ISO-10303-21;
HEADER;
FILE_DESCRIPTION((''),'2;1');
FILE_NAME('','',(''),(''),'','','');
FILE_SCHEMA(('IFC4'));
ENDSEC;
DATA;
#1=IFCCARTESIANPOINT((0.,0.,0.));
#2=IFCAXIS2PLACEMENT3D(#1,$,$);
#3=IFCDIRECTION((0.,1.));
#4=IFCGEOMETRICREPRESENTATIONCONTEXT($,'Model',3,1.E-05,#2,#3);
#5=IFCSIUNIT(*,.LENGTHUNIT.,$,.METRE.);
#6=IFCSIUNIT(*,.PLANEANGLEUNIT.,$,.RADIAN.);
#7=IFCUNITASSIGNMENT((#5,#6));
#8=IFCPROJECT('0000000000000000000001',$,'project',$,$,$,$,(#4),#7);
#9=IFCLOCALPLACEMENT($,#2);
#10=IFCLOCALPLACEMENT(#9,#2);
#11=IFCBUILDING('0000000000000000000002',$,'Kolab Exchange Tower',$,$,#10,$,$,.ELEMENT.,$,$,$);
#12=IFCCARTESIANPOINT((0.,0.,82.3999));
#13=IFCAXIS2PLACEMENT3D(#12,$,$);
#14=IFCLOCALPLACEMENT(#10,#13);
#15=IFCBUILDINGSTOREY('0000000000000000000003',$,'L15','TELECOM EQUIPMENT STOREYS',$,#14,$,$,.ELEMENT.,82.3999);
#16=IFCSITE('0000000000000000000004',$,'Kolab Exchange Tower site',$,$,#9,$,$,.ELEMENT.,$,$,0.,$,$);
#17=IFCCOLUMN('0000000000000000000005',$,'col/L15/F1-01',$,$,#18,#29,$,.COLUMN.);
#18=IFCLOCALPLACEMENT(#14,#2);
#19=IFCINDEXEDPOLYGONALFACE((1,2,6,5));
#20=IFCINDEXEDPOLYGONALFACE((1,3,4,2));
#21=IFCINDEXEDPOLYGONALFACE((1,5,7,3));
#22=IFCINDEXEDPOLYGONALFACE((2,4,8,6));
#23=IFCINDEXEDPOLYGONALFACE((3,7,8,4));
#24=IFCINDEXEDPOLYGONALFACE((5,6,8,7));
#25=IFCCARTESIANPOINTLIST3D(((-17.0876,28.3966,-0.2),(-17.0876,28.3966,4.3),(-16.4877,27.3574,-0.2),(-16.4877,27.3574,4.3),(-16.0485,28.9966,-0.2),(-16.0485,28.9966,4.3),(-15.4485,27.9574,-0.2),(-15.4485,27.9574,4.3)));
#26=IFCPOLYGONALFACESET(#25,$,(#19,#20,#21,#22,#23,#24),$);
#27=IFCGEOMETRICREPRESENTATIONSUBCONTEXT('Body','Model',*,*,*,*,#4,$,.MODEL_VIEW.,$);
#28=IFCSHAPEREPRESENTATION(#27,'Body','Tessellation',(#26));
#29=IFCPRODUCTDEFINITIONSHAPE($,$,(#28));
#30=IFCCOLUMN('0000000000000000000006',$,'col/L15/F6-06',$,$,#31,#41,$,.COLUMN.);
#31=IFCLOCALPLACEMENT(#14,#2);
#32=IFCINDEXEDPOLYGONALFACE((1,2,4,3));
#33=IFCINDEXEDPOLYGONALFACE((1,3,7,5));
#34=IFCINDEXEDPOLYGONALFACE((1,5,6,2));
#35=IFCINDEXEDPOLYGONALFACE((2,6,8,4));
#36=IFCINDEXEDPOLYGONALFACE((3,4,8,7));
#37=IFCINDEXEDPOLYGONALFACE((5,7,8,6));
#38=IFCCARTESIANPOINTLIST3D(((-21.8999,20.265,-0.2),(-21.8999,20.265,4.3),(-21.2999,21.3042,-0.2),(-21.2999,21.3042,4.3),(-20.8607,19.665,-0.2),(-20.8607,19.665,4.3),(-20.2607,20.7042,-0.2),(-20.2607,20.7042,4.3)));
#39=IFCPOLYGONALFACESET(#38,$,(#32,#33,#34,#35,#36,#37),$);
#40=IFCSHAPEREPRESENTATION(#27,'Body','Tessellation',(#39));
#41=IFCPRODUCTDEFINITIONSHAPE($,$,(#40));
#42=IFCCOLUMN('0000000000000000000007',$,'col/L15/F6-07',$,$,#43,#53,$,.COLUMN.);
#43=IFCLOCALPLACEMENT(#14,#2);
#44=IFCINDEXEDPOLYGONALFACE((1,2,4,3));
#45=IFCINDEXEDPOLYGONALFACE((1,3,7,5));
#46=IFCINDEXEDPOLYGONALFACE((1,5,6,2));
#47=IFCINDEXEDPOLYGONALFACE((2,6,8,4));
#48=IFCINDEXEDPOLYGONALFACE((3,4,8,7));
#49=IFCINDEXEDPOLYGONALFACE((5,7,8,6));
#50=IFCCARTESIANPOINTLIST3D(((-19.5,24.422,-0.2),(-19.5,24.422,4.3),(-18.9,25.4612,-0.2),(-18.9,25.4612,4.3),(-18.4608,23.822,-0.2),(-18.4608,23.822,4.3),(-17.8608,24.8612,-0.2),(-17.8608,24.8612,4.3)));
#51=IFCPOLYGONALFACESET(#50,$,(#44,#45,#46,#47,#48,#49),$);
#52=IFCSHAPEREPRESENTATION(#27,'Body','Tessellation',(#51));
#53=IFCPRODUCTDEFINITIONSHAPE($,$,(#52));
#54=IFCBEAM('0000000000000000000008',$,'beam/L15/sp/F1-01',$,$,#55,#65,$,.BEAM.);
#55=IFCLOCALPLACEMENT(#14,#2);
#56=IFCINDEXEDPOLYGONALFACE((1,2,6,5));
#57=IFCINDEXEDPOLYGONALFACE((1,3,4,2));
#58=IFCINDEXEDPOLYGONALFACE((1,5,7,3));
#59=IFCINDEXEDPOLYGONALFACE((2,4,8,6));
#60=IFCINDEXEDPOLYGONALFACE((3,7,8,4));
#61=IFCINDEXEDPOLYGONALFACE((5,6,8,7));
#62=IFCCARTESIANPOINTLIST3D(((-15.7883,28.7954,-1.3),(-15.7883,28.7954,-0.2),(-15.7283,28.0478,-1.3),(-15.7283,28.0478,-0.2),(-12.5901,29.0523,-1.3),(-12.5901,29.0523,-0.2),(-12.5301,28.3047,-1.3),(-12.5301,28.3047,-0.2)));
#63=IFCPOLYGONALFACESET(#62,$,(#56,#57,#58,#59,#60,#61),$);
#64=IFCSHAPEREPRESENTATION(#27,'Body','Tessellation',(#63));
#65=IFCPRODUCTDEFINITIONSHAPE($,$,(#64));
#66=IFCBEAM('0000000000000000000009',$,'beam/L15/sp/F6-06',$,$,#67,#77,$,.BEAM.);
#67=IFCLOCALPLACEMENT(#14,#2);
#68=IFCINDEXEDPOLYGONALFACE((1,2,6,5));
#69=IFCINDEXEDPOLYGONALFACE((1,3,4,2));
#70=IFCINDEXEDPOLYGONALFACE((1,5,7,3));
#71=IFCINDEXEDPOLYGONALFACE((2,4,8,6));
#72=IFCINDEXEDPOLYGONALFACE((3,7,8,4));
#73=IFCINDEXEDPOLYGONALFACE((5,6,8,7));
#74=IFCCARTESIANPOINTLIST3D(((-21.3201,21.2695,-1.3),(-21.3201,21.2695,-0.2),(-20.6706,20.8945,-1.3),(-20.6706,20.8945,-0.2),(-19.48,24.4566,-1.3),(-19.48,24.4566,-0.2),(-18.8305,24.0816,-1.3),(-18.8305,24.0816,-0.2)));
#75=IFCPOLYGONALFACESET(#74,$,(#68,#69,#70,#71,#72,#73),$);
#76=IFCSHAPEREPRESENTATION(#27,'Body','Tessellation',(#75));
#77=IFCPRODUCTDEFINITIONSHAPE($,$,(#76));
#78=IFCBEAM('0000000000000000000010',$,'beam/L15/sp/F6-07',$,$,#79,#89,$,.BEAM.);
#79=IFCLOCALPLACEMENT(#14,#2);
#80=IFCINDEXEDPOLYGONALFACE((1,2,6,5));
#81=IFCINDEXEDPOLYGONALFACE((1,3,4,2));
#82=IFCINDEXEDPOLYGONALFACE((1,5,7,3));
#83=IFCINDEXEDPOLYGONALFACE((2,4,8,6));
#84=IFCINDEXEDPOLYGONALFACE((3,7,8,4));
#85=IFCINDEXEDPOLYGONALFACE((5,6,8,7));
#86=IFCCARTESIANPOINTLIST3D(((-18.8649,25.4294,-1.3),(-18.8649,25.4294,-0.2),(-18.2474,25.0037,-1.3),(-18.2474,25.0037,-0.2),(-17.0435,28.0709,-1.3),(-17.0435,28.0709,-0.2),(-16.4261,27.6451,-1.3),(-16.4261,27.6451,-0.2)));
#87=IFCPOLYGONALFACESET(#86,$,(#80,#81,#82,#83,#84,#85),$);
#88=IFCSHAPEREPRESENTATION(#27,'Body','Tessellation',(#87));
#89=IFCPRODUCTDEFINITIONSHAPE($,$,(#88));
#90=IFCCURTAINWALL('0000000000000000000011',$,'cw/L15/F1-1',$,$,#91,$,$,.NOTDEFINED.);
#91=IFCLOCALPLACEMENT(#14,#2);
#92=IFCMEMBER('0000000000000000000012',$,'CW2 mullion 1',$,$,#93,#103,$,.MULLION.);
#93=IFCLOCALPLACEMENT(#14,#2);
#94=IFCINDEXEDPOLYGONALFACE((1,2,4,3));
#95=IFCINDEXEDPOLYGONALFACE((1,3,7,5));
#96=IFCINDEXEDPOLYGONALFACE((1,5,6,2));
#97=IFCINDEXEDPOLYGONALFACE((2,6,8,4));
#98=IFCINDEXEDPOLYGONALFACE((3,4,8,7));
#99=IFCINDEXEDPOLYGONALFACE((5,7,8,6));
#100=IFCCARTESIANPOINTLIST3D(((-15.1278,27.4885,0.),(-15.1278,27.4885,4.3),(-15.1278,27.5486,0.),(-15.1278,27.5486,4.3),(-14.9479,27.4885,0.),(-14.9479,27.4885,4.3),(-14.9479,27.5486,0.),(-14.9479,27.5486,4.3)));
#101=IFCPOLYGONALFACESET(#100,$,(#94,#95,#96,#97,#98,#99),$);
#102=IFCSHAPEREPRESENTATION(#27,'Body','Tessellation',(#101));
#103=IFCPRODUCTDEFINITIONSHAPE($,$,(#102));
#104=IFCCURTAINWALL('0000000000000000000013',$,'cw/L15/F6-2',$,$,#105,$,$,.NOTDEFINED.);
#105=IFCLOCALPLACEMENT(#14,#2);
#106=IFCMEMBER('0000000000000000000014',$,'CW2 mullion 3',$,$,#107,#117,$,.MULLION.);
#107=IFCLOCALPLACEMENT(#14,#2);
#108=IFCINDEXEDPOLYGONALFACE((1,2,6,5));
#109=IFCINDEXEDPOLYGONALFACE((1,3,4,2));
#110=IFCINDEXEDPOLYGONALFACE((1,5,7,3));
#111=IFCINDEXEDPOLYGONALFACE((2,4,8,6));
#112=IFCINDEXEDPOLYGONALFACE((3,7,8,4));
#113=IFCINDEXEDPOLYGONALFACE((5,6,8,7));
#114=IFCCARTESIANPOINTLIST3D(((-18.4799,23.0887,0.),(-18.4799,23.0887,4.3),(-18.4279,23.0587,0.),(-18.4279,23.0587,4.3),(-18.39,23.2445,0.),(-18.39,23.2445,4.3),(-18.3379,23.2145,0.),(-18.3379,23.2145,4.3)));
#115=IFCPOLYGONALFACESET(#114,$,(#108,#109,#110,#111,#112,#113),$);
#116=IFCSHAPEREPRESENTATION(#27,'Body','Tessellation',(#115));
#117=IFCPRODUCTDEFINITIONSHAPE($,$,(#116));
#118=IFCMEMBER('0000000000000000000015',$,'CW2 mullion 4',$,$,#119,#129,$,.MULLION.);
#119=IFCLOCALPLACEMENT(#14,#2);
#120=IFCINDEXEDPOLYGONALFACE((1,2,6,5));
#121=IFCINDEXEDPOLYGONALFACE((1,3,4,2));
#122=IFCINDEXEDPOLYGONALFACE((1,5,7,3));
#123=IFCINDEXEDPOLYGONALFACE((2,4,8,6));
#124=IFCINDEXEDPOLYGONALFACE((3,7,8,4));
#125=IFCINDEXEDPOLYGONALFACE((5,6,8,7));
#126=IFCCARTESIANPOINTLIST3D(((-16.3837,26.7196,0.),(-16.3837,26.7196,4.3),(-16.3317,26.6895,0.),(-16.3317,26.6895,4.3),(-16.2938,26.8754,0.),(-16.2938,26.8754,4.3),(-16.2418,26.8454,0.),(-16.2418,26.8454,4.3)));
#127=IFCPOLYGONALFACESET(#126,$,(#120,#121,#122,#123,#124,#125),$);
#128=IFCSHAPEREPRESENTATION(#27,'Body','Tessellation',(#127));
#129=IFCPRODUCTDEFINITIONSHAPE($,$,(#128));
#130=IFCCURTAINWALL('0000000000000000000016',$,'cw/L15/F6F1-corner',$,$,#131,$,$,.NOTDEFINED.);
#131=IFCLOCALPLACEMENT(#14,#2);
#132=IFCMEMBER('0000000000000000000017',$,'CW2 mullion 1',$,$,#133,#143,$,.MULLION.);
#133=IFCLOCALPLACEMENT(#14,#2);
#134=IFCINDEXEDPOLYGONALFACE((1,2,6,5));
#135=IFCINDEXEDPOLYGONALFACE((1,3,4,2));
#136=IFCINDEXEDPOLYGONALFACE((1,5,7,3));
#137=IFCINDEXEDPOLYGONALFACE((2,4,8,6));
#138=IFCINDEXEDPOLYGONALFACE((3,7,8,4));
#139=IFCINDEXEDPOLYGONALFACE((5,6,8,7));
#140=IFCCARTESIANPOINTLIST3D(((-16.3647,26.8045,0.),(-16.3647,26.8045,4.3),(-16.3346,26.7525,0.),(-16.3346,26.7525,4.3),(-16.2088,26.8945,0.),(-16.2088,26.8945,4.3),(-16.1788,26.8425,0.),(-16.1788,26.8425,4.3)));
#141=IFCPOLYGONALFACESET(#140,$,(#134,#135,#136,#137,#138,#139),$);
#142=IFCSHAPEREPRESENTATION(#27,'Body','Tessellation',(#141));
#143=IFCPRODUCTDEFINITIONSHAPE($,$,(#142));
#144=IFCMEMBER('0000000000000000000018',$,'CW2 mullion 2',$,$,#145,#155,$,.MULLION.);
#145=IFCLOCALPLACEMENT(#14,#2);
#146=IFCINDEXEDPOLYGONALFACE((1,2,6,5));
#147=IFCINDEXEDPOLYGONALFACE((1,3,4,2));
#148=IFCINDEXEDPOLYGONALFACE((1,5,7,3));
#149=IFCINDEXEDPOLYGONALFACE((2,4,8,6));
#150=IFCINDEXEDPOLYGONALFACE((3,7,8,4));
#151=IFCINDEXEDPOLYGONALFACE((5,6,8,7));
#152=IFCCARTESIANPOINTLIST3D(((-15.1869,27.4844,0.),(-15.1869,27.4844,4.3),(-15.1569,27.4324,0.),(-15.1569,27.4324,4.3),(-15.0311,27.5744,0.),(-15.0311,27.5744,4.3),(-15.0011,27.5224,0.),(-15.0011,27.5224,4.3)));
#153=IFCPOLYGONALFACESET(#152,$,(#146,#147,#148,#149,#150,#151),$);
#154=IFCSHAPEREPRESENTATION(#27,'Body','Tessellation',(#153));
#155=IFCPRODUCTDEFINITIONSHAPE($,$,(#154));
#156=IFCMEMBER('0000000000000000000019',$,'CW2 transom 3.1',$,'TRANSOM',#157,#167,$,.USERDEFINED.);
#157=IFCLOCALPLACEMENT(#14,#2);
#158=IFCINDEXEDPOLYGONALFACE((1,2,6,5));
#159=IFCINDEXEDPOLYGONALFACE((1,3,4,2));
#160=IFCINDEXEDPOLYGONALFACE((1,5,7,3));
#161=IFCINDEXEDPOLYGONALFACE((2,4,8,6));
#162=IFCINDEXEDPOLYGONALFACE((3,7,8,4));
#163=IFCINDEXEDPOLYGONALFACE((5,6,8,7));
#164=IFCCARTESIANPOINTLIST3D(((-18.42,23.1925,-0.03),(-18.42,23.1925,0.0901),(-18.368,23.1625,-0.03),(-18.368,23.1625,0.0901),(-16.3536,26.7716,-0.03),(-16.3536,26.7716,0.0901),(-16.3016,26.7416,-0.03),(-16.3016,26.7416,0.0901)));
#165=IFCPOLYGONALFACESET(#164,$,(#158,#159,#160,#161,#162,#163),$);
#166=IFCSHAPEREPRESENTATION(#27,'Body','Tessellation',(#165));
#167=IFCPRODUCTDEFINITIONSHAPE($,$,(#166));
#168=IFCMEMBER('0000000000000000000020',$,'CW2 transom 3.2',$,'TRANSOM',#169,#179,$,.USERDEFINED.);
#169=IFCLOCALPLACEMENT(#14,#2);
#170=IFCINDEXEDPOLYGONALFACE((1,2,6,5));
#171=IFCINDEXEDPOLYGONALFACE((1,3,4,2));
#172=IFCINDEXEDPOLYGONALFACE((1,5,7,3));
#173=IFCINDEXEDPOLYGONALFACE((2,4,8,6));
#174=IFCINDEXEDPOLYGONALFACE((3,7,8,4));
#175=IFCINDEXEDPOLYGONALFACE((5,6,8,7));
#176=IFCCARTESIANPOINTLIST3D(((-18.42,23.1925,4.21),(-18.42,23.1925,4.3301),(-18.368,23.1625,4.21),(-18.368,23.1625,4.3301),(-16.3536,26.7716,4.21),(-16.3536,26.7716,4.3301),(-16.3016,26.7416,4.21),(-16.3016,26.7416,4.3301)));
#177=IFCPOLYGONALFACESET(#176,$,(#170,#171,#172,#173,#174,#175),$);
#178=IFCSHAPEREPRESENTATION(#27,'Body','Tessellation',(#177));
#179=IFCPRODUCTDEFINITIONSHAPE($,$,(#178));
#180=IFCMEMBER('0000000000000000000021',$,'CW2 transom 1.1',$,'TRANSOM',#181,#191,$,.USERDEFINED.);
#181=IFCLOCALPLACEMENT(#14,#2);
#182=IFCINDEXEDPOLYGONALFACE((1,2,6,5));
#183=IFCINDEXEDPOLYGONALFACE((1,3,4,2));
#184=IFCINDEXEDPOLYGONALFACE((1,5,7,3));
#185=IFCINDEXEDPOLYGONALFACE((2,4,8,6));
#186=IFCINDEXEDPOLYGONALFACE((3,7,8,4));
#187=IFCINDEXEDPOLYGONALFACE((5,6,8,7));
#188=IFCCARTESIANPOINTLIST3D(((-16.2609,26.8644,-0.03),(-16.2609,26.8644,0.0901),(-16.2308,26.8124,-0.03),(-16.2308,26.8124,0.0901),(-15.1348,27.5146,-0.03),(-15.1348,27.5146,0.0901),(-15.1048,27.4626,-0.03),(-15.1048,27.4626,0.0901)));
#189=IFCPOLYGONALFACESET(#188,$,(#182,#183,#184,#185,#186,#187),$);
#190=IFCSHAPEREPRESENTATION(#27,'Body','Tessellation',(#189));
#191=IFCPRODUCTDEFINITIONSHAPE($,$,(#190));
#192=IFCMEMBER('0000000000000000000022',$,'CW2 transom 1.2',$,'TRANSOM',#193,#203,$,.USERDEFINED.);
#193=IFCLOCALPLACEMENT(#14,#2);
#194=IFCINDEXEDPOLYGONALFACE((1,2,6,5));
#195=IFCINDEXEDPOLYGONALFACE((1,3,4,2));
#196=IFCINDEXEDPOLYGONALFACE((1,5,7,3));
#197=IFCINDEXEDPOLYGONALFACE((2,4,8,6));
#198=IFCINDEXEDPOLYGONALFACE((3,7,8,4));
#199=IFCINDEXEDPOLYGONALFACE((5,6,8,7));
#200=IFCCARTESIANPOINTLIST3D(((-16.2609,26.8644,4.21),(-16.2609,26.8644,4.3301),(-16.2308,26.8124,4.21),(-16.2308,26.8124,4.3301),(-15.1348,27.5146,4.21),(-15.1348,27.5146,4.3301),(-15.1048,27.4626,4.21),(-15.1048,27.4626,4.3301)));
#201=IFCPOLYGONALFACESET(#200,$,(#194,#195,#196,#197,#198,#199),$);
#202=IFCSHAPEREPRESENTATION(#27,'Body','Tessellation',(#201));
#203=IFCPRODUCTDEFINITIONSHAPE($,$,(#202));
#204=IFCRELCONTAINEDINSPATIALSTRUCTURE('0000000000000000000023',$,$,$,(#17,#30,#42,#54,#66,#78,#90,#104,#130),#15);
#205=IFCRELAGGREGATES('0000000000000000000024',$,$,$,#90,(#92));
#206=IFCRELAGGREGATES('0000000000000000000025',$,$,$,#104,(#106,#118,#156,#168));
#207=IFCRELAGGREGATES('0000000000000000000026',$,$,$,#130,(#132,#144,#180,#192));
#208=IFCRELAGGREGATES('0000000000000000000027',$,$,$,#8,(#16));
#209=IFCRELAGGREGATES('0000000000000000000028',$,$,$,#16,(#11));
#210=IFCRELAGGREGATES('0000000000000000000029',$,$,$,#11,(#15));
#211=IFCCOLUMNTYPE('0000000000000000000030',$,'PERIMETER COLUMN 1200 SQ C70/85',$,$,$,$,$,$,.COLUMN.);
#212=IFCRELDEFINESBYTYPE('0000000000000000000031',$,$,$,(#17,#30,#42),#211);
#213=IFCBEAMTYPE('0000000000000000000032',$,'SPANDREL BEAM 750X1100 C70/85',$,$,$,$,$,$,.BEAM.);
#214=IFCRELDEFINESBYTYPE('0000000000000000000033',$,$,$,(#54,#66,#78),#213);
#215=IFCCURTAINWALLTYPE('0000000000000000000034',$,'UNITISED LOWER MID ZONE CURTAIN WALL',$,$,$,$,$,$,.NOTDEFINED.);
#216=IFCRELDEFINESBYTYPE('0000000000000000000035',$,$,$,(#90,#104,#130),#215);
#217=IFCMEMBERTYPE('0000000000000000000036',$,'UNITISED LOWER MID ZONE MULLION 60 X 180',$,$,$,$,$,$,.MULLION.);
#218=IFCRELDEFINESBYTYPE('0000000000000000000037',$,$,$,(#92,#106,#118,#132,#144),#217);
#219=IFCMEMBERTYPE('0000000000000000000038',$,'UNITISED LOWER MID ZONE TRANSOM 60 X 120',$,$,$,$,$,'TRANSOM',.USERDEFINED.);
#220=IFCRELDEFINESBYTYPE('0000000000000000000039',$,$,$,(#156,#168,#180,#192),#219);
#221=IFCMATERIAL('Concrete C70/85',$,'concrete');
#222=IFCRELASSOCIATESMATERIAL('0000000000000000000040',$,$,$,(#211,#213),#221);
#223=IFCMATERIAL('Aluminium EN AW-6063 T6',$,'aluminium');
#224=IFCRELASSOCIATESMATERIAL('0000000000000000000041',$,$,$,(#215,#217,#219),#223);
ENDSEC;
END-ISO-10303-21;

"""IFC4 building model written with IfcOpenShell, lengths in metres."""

from ifc_helpers import new_model, si_unit, direction, frame, origin, origin_2d, place, context, subcontext, project, spatial, rectangle, extrude, material, material_profile, profile_set, type_object, element, aggregate, save


model = new_model("IFC4")

# Units and contexts
model_context = context("Model", 3, precision=1e-05, world=origin(), true_north=direction((0.0, 1.0)))
body_context = subcontext(model_context, "Body", "Model", "MODEL_VIEW")
ifc_project = project(units=[si_unit("LENGTHUNIT", "METRE"), si_unit("PLANEANGLEUNIT", "RADIAN")], contexts=[model_context])

# Site, building, storey
site_placement = place(None, origin())
site = spatial("IfcSite", under=ifc_project, at=site_placement, Name="Kolab Exchange Tower site", CompositionType="ELEMENT", RefElevation=0.0)
building_placement = place(site_placement, origin())
building = spatial("IfcBuilding", under=site, at=building_placement, Name="Kolab Exchange Tower", CompositionType="ELEMENT")
storey_placement = place(building_placement, frame((0.0, 0.0, 82.3999)))
storey = spatial("IfcBuildingStorey", under=building, at=storey_placement, Name="L15", Description="TELECOM EQUIPMENT STOREYS", CompositionType="ELEMENT", Elevation=82.3999)

# Columns
ifc_material_1 = material(Name="Concrete C70/85", Category="concrete")
ifc_material_profile_1 = material_profile(ifc_material_1, rectangle(XDim=1.2, YDim=1.2, at=origin_2d()), Name="RC1200")
ifc_profile_set_1 = profile_set([ifc_material_profile_1], Name="Concrete C70/85")
column_type = type_object("IfcColumnType", Name="PERIMETER COLUMN 1200 SQ C70/85", PredefinedType="COLUMN", material=ifc_profile_set_1)
for number, where, z_axis, x_axis, name in (
    (1, (-16.2681, 28.177, -0.2), (0.0, 0.0, 1.0), (0.866025, 0.5, 0.0), "col/L15/F1-01"),
    (2, (-21.0803, 20.4846, -0.2), (0.0, 0.0, 1.0), (0.5, 0.866025, 0.0), "col/L15/F6-06"),
    (3, (-18.6804, 24.6416, -0.2), (0.0, 0.0, 1.0), (0.5, 0.866025, 0.0), "col/L15/F6-07"),
):
    element("IfcColumn", number, at=place(storey_placement, frame(where, z_axis=z_axis, x_axis=x_axis)), inside=storey, type_object=column_type, Name=name, PredefinedType="COLUMN", context=body_context, shape_type="SweptSolid", body=[
        extrude(rectangle(XDim=1.2, YDim=1.2, at=origin_2d()), origin(), (0.0, 0.0, 1.0), 4.5),
    ])

# Beams
ifc_material_profile_2 = material_profile(ifc_material_1, rectangle(XDim=0.75, YDim=1.1001, at=origin_2d()), Name="RC750X1100")
ifc_profile_set_2 = profile_set([ifc_material_profile_2], Name="Concrete C70/85")
beam_type = type_object("IfcBeamType", Name="SPANDREL BEAM 750X1100 C70/85", PredefinedType="BEAM", material=ifc_profile_set_2)
beam_1_placement = place(storey_placement, frame((-15.7583, 28.4216, -0.75), z_axis=(0.996791, 0.080048, 0.0), x_axis=(-0.080048, 0.996791, 0.0)))
element("IfcBeam", 4, at=beam_1_placement, inside=storey, type_object=beam_type, Name="beam/L15/sp/F1-01", PredefinedType="BEAM", context=body_context, shape_type="SweptSolid", body=[
    extrude(rectangle(XDim=0.75, YDim=1.1001, at=origin_2d()), origin(), (0.0, 0.0, 1.0), 3.2085),
])
beam_2_placement = place(storey_placement, frame((-20.9954, 21.082, -0.75), z_axis=(0.500013, 0.866018, 0.0), x_axis=(-0.866018, 0.500013, 0.0)))
element("IfcBeam", 5, at=beam_2_placement, inside=storey, type_object=beam_type, Name="beam/L15/sp/F6-06", PredefinedType="BEAM", context=body_context, shape_type="SweptSolid", body=[
    extrude(rectangle(XDim=0.75, YDim=1.1001, at=origin_2d()), origin(), (0.0, 0.0, 1.0), 3.6802),
])
beam_3_placement = place(storey_placement, frame((-18.5562, 25.2166, -0.75), z_axis=(0.567662, 0.823262, 0.0), x_axis=(-0.823262, 0.567662, 0.0)))
element("IfcBeam", 6, at=beam_3_placement, inside=storey, type_object=beam_type, Name="beam/L15/sp/F6-07", PredefinedType="BEAM", context=body_context, shape_type="SweptSolid", body=[
    extrude(rectangle(XDim=0.75, YDim=1.1001, at=origin_2d()), origin(), (0.0, 0.0, 1.0), 3.2085),
])

# Curtain wall, member
ifc_material_2 = material(Name="Aluminium EN AW-6063 T6", Category="aluminium")
curtain_wall_type = type_object("IfcCurtainWallType", Name="UNITISED LOWER MID ZONE CURTAIN WALL", PredefinedType="NOTDEFINED", material=ifc_material_2)
curtain_wall_1_placement = place(storey_placement, origin())
curtain_wall_1 = element("IfcCurtainWall", 7, at=curtain_wall_1_placement, inside=storey, type_object=curtain_wall_type, Name="cw/L15/F1-1", PredefinedType="NOTDEFINED")
ifc_material_profile_3 = material_profile(ifc_material_2, rectangle(XDim=0.0601, YDim=0.1799, at=origin_2d()), Name="RECT 60X180")
ifc_profile_set_3 = profile_set([ifc_material_profile_3], Name="Aluminium EN AW-6063 T6")
member_type_1 = type_object("IfcMemberType", Name="UNITISED LOWER MID ZONE MULLION 60 X 180", PredefinedType="MULLION", material=ifc_profile_set_3)
member_1_placement = place(storey_placement, frame((-15.0378, 27.5186, 0.0), z_axis=(0.0, 0.0, 1.0), x_axis=(0.0, 1.0, 0.0)))
member_1 = element("IfcMember", 8, at=member_1_placement, type_object=member_type_1, Name="CW2 mullion 1", PredefinedType="MULLION", context=body_context, shape_type="SweptSolid", body=[
    extrude(rectangle(XDim=0.0601, YDim=0.1799, at=origin_2d()), origin(), (0.0, 0.0, 1.0), 4.3),
])
aggregate(curtain_wall_1, [member_1])

# Curtain walls, members
curtain_wall_2_placement = place(storey_placement, origin())
curtain_wall_2 = element("IfcCurtainWall", 9, at=curtain_wall_2_placement, inside=storey, type_object=curtain_wall_type, Name="cw/L15/F6-2", PredefinedType="NOTDEFINED")
member_2_placement = place(storey_placement, frame((-18.4089, 23.1516, 0.0), z_axis=(0.0, 0.0, 1.0), x_axis=(-0.866025, 0.5, 0.0)))
member_2 = element("IfcMember", 10, at=member_2_placement, type_object=member_type_1, Name="CW2 mullion 3", PredefinedType="MULLION", context=body_context, shape_type="SweptSolid", body=[
    extrude(rectangle(XDim=0.0601, YDim=0.1799, at=origin_2d()), origin(), (0.0, 0.0, 1.0), 4.3),
])
member_3_placement = place(storey_placement, frame((-16.3127, 26.7825, 0.0), z_axis=(0.0, 0.0, 1.0), x_axis=(-0.866025, 0.5, 0.0)))
member_3 = element("IfcMember", 11, at=member_3_placement, type_object=member_type_1, Name="CW2 mullion 4", PredefinedType="MULLION", context=body_context, shape_type="SweptSolid", body=[
    extrude(rectangle(XDim=0.0601, YDim=0.1799, at=origin_2d()), origin(), (0.0, 0.0, 1.0), 4.3),
])
curtain_wall_3_placement = place(storey_placement, origin())
curtain_wall_3 = element("IfcCurtainWall", 12, at=curtain_wall_3_placement, inside=storey, type_object=curtain_wall_type, Name="cw/L15/F6F1-corner", PredefinedType="NOTDEFINED")
member_4_placement = place(storey_placement, frame((-16.2717, 26.8235, 0.0), z_axis=(0.0, 0.0, 1.0), x_axis=(-0.5, 0.866025, 0.0)))
member_4 = element("IfcMember", 13, at=member_4_placement, type_object=member_type_1, Name="CW2 mullion 1", PredefinedType="MULLION", context=body_context, shape_type="SweptSolid", body=[
    extrude(rectangle(XDim=0.0601, YDim=0.1799, at=origin_2d()), origin(), (0.0, 0.0, 1.0), 4.3),
])
member_5_placement = place(storey_placement, frame((-15.094, 27.5034, 0.0), z_axis=(0.0, 0.0, 1.0), x_axis=(-0.5, 0.866025, 0.0)))
member_5 = element("IfcMember", 14, at=member_5_placement, type_object=member_type_1, Name="CW2 mullion 2", PredefinedType="MULLION", context=body_context, shape_type="SweptSolid", body=[
    extrude(rectangle(XDim=0.0601, YDim=0.1799, at=origin_2d()), origin(), (0.0, 0.0, 1.0), 4.3),
])

# Members
ifc_material_profile_4 = material_profile(ifc_material_2, rectangle(XDim=0.0601, YDim=0.1201, at=origin_2d()), Name="RECT 60X120")
ifc_profile_set_4 = profile_set([ifc_material_profile_4], Name="Aluminium EN AW-6063 T6")
member_type_2 = type_object("IfcMemberType", Name="UNITISED LOWER MID ZONE TRANSOM 60 X 120", ElementType="TRANSOM", PredefinedType="USERDEFINED", material=ifc_profile_set_4)
member_6_placement = place(storey_placement, frame((-18.394, 23.1775, 0.03), z_axis=(0.500002, 0.866024, 0.0), x_axis=(-0.866024, 0.500002, 0.0)))
member_6 = element("IfcMember", 15, at=member_6_placement, type_object=member_type_2, Name="CW2 transom 3.1", ObjectType="TRANSOM", PredefinedType="USERDEFINED", context=body_context, shape_type="SweptSolid", body=[
    extrude(rectangle(XDim=0.0601, YDim=0.1201, at=origin_2d()), origin(), (0.0, 0.0, 1.0), 4.1328),
])
member_7_placement = place(storey_placement, frame((-18.394, 23.1775, 4.27), z_axis=(0.500002, 0.866024, 0.0), x_axis=(-0.866024, 0.500002, 0.0)))
member_7 = element("IfcMember", 16, at=member_7_placement, type_object=member_type_2, Name="CW2 transom 3.2", ObjectType="TRANSOM", PredefinedType="USERDEFINED", context=body_context, shape_type="SweptSolid", body=[
    extrude(rectangle(XDim=0.0601, YDim=0.1201, at=origin_2d()), origin(), (0.0, 0.0, 1.0), 4.1328),
])
member_8_placement = place(storey_placement, frame((-16.2458, 26.8384, 0.03), z_axis=(0.866004, 0.500037, 0.0), x_axis=(-0.500037, 0.866004, 0.0)))
member_8 = element("IfcMember", 17, at=member_8_placement, type_object=member_type_2, Name="CW2 transom 1.1", ObjectType="TRANSOM", PredefinedType="USERDEFINED", context=body_context, shape_type="SweptSolid", body=[
    extrude(rectangle(XDim=0.0601, YDim=0.1201, at=origin_2d()), origin(), (0.0, 0.0, 1.0), 1.3003),
])
member_9_placement = place(storey_placement, frame((-16.2458, 26.8384, 4.27), z_axis=(0.866004, 0.500037, 0.0), x_axis=(-0.500037, 0.866004, 0.0)))
member_9 = element("IfcMember", 18, at=member_9_placement, type_object=member_type_2, Name="CW2 transom 1.2", ObjectType="TRANSOM", PredefinedType="USERDEFINED", context=body_context, shape_type="SweptSolid", body=[
    extrude(rectangle(XDim=0.0601, YDim=0.1201, at=origin_2d()), origin(), (0.0, 0.0, 1.0), 1.3003),
])

aggregate(curtain_wall_2, [member_2, member_3, member_6, member_7])
aggregate(curtain_wall_3, [member_4, member_5, member_8, member_9])

save(model, "model.ifc")
